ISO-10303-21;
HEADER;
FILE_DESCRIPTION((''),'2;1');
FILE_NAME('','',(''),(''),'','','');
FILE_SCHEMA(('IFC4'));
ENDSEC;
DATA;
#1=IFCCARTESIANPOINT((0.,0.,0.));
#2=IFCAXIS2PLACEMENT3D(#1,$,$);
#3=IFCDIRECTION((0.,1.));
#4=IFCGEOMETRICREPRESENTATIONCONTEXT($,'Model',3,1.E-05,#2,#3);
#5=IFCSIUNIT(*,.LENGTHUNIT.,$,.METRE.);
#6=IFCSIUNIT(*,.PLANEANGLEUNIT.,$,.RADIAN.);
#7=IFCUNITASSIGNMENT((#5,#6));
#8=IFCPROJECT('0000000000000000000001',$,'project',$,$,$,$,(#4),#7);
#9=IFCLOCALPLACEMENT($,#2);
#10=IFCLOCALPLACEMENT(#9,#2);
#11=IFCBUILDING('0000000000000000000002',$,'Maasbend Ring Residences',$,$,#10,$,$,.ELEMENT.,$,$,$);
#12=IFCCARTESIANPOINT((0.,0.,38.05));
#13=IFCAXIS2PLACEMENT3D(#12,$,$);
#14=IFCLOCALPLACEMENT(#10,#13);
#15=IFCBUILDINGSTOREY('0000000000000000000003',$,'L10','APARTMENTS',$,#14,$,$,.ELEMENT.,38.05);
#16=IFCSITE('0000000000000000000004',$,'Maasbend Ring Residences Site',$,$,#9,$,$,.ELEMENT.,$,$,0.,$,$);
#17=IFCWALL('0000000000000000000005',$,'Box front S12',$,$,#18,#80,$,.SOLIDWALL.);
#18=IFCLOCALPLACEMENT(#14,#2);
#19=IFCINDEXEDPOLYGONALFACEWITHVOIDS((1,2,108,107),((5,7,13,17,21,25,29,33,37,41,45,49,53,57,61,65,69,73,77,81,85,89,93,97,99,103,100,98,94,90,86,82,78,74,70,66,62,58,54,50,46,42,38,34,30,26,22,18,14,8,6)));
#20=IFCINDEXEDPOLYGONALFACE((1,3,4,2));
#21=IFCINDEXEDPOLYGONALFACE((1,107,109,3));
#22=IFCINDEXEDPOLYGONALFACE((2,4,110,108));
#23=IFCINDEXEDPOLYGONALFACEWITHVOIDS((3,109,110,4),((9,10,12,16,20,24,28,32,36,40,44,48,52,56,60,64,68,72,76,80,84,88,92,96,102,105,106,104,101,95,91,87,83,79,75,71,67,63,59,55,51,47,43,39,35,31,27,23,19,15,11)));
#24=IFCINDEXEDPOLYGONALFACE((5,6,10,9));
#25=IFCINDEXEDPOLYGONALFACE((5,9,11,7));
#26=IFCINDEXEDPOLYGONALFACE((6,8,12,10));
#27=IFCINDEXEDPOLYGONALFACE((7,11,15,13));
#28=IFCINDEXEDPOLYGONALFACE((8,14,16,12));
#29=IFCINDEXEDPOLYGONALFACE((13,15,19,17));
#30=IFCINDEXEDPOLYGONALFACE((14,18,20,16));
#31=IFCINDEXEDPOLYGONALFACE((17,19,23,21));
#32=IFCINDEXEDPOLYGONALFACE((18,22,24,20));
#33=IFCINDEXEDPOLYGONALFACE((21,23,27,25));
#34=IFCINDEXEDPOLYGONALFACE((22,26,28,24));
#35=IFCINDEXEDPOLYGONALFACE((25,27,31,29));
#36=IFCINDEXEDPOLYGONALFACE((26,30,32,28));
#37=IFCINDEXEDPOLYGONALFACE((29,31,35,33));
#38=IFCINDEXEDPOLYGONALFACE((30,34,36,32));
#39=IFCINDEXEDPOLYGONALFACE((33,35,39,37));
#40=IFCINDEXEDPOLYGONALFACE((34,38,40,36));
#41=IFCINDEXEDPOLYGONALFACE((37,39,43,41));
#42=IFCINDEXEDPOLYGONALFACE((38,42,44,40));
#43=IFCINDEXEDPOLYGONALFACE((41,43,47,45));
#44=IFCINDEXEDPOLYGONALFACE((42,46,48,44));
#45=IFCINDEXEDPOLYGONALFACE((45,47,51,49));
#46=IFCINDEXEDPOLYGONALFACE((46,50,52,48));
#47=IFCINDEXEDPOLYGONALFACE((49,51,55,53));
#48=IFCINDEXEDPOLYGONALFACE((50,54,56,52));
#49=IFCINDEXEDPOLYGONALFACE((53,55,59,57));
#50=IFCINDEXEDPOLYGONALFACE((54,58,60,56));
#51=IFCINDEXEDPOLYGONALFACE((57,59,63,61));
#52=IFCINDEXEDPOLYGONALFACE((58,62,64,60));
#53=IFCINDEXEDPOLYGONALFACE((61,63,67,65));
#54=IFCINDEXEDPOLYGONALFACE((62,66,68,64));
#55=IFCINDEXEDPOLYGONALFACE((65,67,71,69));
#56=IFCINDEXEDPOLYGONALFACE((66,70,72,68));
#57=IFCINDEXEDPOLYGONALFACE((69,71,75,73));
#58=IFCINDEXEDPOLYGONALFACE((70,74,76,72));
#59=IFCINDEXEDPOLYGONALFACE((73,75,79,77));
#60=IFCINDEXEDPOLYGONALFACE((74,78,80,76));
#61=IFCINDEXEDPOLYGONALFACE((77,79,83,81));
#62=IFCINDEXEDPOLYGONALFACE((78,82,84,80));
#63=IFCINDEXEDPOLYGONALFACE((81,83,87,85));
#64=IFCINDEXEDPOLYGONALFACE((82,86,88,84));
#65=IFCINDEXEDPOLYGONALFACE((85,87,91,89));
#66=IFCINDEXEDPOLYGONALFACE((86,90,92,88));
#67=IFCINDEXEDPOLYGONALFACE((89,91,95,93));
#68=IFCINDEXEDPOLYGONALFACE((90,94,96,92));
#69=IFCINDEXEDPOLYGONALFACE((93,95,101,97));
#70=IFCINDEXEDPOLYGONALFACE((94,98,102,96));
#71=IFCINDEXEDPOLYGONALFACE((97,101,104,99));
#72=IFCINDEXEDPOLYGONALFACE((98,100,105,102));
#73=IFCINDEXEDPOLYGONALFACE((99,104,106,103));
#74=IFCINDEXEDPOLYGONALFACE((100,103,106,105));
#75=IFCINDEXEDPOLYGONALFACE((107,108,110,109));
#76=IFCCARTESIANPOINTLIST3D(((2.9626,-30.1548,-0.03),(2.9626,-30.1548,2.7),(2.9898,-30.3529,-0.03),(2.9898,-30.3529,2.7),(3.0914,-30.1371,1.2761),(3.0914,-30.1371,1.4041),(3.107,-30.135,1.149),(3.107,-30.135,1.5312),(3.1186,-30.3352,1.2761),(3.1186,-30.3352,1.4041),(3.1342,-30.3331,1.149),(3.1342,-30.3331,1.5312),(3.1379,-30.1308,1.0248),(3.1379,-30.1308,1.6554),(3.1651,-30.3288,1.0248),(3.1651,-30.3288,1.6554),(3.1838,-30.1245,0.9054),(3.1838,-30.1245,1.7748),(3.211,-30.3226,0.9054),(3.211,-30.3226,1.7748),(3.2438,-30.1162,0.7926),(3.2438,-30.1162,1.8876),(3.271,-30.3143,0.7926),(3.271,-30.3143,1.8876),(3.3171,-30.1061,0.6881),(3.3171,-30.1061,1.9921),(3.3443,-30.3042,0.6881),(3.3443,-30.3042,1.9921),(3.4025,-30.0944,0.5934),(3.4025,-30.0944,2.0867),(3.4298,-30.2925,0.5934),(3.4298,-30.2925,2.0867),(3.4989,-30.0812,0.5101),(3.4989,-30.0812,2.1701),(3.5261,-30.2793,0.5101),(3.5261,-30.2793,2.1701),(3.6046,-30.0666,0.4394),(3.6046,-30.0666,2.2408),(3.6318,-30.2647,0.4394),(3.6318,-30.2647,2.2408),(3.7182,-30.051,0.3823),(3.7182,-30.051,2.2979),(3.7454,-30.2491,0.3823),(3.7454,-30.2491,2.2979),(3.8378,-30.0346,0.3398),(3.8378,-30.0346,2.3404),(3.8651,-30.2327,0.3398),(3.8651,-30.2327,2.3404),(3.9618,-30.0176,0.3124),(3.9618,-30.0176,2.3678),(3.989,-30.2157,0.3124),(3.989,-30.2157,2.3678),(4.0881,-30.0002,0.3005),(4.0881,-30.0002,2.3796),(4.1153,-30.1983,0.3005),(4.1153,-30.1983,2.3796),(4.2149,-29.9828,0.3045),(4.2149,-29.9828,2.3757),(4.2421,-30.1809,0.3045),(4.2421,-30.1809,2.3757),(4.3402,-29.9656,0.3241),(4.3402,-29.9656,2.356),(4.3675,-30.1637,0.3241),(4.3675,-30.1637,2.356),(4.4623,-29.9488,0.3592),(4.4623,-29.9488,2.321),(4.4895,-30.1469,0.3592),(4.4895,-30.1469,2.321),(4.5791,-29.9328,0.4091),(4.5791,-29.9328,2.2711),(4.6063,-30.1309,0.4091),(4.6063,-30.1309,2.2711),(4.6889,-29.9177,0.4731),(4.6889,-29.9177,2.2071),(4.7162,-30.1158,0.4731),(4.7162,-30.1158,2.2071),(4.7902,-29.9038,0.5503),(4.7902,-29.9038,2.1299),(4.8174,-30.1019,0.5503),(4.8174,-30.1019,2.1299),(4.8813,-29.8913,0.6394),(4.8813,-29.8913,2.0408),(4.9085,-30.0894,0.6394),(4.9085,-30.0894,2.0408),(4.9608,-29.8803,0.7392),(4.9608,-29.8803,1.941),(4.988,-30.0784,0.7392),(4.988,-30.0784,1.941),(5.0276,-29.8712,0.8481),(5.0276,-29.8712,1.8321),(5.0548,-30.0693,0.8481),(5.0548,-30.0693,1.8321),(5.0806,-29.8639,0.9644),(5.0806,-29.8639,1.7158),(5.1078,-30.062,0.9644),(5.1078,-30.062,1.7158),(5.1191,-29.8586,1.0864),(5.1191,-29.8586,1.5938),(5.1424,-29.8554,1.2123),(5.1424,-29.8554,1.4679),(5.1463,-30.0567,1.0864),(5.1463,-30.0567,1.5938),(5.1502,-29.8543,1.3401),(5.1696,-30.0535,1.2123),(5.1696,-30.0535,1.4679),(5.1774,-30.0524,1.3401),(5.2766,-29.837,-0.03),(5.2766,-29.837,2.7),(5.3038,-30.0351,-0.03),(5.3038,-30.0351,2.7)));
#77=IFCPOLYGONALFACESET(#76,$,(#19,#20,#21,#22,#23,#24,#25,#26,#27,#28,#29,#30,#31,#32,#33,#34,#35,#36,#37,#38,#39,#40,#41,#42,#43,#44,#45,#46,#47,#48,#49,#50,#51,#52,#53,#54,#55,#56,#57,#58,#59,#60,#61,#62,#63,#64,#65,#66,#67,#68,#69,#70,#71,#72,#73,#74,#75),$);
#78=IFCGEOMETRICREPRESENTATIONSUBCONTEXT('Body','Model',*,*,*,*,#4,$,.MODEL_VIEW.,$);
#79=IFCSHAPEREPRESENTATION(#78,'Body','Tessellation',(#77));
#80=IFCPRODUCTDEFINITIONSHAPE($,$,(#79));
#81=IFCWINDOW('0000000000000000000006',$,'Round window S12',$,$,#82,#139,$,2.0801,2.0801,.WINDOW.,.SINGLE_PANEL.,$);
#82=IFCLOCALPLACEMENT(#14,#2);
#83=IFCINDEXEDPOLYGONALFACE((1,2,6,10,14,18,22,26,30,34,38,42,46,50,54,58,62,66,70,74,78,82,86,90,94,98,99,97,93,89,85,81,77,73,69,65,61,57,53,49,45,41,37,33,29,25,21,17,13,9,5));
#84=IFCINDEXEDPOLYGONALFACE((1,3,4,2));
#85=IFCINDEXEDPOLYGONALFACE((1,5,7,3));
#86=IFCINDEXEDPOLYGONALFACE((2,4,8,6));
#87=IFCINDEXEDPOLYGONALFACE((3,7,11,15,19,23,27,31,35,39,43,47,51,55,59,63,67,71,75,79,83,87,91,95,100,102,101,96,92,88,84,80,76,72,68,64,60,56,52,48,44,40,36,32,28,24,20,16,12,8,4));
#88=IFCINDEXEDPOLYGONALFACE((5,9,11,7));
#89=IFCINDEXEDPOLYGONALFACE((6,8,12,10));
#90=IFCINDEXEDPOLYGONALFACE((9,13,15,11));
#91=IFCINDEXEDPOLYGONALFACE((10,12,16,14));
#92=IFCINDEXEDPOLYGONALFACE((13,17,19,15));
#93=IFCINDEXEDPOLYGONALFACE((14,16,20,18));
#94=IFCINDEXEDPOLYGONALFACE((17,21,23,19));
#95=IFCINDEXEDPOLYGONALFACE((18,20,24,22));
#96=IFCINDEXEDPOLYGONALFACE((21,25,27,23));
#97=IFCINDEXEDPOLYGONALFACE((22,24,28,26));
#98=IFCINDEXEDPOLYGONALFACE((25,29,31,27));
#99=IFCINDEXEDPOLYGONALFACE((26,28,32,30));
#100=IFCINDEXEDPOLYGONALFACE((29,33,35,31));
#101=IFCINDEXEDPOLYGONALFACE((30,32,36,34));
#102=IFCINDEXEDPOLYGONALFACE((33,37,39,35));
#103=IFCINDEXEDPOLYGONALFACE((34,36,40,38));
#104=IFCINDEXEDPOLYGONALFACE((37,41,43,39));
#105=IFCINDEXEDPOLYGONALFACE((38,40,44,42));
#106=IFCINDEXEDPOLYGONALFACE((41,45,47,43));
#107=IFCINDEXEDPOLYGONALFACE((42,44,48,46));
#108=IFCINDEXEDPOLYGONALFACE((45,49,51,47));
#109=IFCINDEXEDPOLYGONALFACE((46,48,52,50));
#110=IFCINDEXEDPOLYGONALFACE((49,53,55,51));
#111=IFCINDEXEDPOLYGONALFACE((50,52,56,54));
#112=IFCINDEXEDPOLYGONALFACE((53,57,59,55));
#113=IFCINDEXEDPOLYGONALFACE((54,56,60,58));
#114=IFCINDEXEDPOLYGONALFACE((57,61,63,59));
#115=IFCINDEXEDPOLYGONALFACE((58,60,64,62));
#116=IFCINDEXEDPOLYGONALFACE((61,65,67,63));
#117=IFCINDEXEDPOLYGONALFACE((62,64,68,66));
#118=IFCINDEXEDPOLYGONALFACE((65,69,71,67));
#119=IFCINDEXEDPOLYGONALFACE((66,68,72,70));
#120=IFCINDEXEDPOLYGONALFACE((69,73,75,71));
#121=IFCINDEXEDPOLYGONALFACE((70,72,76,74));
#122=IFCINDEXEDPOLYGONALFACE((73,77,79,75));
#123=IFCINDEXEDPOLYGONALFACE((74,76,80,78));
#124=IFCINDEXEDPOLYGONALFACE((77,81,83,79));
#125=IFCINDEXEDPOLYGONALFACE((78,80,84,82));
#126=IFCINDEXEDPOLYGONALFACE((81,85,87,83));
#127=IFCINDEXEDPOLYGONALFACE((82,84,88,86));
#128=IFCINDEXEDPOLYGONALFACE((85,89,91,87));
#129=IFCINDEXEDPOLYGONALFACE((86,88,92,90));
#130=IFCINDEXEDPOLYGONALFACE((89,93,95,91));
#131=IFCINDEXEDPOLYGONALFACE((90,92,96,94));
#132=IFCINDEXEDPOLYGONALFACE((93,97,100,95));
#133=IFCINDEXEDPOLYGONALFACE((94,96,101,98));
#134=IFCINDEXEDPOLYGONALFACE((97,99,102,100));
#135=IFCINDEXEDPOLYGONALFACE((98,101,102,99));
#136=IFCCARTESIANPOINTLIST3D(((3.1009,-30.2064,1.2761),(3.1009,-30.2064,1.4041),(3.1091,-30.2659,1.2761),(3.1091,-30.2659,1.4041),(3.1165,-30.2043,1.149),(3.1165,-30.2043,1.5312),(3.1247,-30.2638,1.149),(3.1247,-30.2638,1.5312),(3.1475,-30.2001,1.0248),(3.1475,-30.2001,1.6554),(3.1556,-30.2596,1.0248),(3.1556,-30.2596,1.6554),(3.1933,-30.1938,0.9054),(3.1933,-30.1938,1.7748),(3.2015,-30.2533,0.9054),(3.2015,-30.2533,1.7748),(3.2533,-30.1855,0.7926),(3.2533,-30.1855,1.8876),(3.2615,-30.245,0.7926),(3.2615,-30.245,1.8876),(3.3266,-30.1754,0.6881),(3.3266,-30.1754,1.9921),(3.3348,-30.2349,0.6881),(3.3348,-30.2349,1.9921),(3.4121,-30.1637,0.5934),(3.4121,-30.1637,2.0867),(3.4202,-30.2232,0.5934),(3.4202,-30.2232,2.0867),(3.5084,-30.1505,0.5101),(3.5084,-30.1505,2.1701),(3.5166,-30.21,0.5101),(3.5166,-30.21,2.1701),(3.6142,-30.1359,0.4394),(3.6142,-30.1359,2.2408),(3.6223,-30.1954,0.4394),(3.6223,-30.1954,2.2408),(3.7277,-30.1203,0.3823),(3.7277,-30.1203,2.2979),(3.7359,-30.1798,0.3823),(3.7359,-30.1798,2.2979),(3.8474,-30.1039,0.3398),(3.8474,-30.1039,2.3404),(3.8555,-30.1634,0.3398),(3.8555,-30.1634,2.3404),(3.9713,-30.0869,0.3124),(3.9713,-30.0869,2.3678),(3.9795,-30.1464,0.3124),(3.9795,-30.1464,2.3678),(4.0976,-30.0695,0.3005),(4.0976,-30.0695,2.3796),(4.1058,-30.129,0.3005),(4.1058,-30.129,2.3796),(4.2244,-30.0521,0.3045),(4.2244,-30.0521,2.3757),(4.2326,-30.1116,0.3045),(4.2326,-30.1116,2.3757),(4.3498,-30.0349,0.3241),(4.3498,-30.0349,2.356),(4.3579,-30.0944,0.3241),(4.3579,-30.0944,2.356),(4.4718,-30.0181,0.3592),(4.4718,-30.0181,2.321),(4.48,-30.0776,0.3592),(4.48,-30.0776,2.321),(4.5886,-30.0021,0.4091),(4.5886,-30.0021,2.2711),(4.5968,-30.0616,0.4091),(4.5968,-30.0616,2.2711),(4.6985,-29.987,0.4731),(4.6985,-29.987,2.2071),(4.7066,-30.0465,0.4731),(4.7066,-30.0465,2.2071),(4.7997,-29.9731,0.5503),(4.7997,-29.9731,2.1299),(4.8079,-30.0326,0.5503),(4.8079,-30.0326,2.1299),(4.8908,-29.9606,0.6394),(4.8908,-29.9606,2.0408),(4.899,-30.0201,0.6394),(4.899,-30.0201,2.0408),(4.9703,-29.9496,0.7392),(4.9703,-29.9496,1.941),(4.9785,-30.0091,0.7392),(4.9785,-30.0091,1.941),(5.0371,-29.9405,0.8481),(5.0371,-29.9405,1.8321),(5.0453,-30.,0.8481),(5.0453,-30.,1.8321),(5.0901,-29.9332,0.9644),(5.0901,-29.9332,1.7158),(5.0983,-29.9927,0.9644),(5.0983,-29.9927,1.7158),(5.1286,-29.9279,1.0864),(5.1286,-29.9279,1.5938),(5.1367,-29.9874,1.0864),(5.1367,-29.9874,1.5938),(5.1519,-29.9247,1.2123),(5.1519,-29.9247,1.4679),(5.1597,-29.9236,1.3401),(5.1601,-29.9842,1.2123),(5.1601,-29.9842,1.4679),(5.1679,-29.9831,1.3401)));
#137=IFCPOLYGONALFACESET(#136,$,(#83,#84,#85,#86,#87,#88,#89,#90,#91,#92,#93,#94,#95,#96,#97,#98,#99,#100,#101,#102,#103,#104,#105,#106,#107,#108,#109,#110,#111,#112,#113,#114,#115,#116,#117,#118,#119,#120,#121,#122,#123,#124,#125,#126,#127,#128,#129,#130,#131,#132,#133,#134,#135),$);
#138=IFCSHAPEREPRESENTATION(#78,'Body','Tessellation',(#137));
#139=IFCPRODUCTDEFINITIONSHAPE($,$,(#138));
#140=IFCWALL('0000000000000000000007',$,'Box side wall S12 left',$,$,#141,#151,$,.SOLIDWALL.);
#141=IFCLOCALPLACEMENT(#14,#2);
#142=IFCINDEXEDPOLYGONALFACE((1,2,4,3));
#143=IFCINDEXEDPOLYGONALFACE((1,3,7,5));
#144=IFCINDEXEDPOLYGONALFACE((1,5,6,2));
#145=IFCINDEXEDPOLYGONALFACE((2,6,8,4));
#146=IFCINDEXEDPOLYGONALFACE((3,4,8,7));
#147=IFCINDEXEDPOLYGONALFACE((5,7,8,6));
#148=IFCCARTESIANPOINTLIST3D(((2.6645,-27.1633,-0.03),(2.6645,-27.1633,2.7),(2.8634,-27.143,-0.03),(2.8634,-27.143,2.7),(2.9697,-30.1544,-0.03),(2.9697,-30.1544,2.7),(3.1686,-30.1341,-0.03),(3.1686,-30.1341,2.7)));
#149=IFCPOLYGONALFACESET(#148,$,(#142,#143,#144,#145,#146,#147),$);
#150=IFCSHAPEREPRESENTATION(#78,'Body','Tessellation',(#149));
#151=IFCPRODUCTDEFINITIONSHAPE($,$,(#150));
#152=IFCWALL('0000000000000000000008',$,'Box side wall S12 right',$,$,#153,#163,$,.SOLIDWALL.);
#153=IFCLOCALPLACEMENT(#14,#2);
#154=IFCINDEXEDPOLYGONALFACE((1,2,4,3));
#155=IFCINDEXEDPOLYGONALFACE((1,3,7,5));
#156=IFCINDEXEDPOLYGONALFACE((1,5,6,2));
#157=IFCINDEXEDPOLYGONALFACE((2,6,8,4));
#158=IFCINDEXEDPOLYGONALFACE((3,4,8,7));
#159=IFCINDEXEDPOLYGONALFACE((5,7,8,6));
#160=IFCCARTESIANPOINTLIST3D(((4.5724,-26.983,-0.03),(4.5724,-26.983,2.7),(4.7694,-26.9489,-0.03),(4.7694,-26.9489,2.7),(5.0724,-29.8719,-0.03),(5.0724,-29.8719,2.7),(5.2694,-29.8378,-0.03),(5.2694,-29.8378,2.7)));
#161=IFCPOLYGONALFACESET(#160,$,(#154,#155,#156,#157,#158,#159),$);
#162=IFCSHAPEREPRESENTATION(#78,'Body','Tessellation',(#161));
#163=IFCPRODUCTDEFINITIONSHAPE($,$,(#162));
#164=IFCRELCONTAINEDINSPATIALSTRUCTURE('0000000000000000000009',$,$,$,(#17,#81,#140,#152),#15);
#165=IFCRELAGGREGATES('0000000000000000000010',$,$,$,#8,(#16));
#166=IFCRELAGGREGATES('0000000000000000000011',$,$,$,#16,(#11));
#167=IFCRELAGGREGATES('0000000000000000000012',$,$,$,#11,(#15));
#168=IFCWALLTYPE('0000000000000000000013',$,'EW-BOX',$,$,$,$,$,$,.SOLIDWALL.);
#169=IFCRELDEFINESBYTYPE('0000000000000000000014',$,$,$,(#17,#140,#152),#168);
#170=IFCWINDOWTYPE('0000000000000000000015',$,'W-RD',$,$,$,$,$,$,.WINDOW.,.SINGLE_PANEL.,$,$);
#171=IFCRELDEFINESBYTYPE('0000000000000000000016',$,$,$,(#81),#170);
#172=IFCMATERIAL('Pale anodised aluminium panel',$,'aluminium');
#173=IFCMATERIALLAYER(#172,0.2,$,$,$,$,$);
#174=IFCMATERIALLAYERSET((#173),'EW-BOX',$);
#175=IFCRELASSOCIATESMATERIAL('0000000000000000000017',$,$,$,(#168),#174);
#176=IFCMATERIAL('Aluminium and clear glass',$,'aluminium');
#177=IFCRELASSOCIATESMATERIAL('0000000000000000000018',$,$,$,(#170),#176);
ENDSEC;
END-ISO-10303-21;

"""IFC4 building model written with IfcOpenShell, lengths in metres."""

from ifc_helpers import new_model, si_unit, direction, frame, frame_2d, origin, place, context, subcontext, project, spatial, rectangle, circle, extrude, material, layer, layer_set, type_object, element, fill, save


model = new_model("IFC4")

# Units and contexts
model_context = context("Model", 3, precision=1e-05, world=origin(), true_north=direction((0.0, 1.0)))
body_context = subcontext(model_context, "Body", "Model", "MODEL_VIEW")
ifc_project = project(units=[si_unit("LENGTHUNIT", "METRE"), si_unit("PLANEANGLEUNIT", "RADIAN")], contexts=[model_context])

# Site, building, storey
site_placement = place(None, origin())
site = spatial("IfcSite", under=ifc_project, at=site_placement, Name="Maasbend Ring Residences Site", CompositionType="ELEMENT", RefElevation=0.0)
building_placement = place(site_placement, origin())
building = spatial("IfcBuilding", under=site, at=building_placement, Name="Maasbend Ring Residences", CompositionType="ELEMENT")
storey_placement = place(building_placement, frame((0.0, 0.0, 38.05)))
storey = spatial("IfcBuildingStorey", under=building, at=storey_placement, Name="L10", Description="APARTMENTS", CompositionType="ELEMENT", Elevation=38.05)

# Wall, opening, window
ifc_material_1 = material(Name="Pale anodised aluminium panel", Category="aluminium")
ifc_layer_1 = layer(ifc_material_1, 0.2)
ifc_layer_set_1 = layer_set([ifc_layer_1], Name="EW-BOX")
wall_type_1 = type_object("IfcWallType", Name="EW-BOX", PredefinedType="SOLIDWALL", material=ifc_layer_set_1)
wall_1_placement = place(storey_placement, frame((2.9761, -30.2539, -0.03), z_axis=(0.0, 0.0, 1.0), x_axis=(0.990696, 0.136093, 0.0)))
wall_1 = element("IfcWall", 1, at=wall_1_placement, inside=storey, type_object=wall_type_1, Name="Box front S12", PredefinedType="SOLIDWALL", context=body_context, shape_type="SweptSolid", body=[
    extrude(rectangle(XDim=2.3357, YDim=0.2, at=frame_2d((1.168, 0.0))), origin(), (0.0, 0.0, 1.0), 2.73),
])
opening_1_placement = place(wall_1_placement, frame((0.1282, 0.0, 0.3301)))
opening_1 = element("IfcOpeningElement", 2, at=opening_1_placement, cuts=wall_1, PredefinedType="OPENING", context=body_context, shape_type="SweptSolid", body=[
    extrude(circle(Radius=1.04, at=frame_2d((1.04, 1.04))), frame((0.0, 0.1099, 0.0), z_axis=(0.0, -1.0, 0.0), x_axis=(1.0, 0.0, 0.0)), (0.0, 0.0, 1.0), 0.22),
])
ifc_material_2 = material(Name="Aluminium and clear glass", Category="aluminium")
window_type_1 = type_object("IfcWindowType", Name="W-RD", PartitioningType="SINGLE_PANEL", PredefinedType="WINDOW", material=ifc_material_2)
window_1_placement = place(opening_1_placement, origin())
window_1 = element("IfcWindow", 3, at=window_1_placement, inside=storey, type_object=window_type_1, Name="Round window S12", OverallHeight=2.0801, OverallWidth=2.0801, PartitioningType="SINGLE_PANEL", PredefinedType="WINDOW", context=body_context, shape_type="SweptSolid", body=[
    extrude(circle(Radius=1.04, at=frame_2d((1.04, 1.04))), frame((0.0, 0.03, 0.0), z_axis=(0.0, -1.0, 0.0), x_axis=(1.0, 0.0, 0.0)), (0.0, 0.0, 1.0), 0.0601),
])
fill(opening_1, window_1)

# Walls
wall_2_placement = place(storey_placement, frame((2.7639, -27.1531, -0.03), z_axis=(0.0, 0.0, 1.0), x_axis=(0.101505, -0.994835, 0.0)))
element("IfcWall", 4, at=wall_2_placement, inside=storey, type_object=wall_type_1, Name="Box side wall S12 left", PredefinedType="SOLIDWALL", context=body_context, shape_type="SweptSolid", body=[
    extrude(rectangle(XDim=3.0066, YDim=0.2, at=frame_2d((1.5034, 0.0))), origin(), (0.0, 0.0, 1.0), 2.73),
])
wall_3_placement = place(storey_placement, frame((4.6709, -26.9661, -0.03), z_axis=(0.0, 0.0, 1.0), x_axis=(0.17054, -0.985351, 0.0)))
element("IfcWall", 5, at=wall_3_placement, inside=storey, type_object=wall_type_1, Name="Box side wall S12 right", PredefinedType="SOLIDWALL", context=body_context, shape_type="SweptSolid", body=[
    extrude(rectangle(XDim=2.9319, YDim=0.2, at=frame_2d((1.4658, 0.0))), origin(), (0.0, 0.0, 1.0), 2.73),
])

save(model, "model.ifc")
